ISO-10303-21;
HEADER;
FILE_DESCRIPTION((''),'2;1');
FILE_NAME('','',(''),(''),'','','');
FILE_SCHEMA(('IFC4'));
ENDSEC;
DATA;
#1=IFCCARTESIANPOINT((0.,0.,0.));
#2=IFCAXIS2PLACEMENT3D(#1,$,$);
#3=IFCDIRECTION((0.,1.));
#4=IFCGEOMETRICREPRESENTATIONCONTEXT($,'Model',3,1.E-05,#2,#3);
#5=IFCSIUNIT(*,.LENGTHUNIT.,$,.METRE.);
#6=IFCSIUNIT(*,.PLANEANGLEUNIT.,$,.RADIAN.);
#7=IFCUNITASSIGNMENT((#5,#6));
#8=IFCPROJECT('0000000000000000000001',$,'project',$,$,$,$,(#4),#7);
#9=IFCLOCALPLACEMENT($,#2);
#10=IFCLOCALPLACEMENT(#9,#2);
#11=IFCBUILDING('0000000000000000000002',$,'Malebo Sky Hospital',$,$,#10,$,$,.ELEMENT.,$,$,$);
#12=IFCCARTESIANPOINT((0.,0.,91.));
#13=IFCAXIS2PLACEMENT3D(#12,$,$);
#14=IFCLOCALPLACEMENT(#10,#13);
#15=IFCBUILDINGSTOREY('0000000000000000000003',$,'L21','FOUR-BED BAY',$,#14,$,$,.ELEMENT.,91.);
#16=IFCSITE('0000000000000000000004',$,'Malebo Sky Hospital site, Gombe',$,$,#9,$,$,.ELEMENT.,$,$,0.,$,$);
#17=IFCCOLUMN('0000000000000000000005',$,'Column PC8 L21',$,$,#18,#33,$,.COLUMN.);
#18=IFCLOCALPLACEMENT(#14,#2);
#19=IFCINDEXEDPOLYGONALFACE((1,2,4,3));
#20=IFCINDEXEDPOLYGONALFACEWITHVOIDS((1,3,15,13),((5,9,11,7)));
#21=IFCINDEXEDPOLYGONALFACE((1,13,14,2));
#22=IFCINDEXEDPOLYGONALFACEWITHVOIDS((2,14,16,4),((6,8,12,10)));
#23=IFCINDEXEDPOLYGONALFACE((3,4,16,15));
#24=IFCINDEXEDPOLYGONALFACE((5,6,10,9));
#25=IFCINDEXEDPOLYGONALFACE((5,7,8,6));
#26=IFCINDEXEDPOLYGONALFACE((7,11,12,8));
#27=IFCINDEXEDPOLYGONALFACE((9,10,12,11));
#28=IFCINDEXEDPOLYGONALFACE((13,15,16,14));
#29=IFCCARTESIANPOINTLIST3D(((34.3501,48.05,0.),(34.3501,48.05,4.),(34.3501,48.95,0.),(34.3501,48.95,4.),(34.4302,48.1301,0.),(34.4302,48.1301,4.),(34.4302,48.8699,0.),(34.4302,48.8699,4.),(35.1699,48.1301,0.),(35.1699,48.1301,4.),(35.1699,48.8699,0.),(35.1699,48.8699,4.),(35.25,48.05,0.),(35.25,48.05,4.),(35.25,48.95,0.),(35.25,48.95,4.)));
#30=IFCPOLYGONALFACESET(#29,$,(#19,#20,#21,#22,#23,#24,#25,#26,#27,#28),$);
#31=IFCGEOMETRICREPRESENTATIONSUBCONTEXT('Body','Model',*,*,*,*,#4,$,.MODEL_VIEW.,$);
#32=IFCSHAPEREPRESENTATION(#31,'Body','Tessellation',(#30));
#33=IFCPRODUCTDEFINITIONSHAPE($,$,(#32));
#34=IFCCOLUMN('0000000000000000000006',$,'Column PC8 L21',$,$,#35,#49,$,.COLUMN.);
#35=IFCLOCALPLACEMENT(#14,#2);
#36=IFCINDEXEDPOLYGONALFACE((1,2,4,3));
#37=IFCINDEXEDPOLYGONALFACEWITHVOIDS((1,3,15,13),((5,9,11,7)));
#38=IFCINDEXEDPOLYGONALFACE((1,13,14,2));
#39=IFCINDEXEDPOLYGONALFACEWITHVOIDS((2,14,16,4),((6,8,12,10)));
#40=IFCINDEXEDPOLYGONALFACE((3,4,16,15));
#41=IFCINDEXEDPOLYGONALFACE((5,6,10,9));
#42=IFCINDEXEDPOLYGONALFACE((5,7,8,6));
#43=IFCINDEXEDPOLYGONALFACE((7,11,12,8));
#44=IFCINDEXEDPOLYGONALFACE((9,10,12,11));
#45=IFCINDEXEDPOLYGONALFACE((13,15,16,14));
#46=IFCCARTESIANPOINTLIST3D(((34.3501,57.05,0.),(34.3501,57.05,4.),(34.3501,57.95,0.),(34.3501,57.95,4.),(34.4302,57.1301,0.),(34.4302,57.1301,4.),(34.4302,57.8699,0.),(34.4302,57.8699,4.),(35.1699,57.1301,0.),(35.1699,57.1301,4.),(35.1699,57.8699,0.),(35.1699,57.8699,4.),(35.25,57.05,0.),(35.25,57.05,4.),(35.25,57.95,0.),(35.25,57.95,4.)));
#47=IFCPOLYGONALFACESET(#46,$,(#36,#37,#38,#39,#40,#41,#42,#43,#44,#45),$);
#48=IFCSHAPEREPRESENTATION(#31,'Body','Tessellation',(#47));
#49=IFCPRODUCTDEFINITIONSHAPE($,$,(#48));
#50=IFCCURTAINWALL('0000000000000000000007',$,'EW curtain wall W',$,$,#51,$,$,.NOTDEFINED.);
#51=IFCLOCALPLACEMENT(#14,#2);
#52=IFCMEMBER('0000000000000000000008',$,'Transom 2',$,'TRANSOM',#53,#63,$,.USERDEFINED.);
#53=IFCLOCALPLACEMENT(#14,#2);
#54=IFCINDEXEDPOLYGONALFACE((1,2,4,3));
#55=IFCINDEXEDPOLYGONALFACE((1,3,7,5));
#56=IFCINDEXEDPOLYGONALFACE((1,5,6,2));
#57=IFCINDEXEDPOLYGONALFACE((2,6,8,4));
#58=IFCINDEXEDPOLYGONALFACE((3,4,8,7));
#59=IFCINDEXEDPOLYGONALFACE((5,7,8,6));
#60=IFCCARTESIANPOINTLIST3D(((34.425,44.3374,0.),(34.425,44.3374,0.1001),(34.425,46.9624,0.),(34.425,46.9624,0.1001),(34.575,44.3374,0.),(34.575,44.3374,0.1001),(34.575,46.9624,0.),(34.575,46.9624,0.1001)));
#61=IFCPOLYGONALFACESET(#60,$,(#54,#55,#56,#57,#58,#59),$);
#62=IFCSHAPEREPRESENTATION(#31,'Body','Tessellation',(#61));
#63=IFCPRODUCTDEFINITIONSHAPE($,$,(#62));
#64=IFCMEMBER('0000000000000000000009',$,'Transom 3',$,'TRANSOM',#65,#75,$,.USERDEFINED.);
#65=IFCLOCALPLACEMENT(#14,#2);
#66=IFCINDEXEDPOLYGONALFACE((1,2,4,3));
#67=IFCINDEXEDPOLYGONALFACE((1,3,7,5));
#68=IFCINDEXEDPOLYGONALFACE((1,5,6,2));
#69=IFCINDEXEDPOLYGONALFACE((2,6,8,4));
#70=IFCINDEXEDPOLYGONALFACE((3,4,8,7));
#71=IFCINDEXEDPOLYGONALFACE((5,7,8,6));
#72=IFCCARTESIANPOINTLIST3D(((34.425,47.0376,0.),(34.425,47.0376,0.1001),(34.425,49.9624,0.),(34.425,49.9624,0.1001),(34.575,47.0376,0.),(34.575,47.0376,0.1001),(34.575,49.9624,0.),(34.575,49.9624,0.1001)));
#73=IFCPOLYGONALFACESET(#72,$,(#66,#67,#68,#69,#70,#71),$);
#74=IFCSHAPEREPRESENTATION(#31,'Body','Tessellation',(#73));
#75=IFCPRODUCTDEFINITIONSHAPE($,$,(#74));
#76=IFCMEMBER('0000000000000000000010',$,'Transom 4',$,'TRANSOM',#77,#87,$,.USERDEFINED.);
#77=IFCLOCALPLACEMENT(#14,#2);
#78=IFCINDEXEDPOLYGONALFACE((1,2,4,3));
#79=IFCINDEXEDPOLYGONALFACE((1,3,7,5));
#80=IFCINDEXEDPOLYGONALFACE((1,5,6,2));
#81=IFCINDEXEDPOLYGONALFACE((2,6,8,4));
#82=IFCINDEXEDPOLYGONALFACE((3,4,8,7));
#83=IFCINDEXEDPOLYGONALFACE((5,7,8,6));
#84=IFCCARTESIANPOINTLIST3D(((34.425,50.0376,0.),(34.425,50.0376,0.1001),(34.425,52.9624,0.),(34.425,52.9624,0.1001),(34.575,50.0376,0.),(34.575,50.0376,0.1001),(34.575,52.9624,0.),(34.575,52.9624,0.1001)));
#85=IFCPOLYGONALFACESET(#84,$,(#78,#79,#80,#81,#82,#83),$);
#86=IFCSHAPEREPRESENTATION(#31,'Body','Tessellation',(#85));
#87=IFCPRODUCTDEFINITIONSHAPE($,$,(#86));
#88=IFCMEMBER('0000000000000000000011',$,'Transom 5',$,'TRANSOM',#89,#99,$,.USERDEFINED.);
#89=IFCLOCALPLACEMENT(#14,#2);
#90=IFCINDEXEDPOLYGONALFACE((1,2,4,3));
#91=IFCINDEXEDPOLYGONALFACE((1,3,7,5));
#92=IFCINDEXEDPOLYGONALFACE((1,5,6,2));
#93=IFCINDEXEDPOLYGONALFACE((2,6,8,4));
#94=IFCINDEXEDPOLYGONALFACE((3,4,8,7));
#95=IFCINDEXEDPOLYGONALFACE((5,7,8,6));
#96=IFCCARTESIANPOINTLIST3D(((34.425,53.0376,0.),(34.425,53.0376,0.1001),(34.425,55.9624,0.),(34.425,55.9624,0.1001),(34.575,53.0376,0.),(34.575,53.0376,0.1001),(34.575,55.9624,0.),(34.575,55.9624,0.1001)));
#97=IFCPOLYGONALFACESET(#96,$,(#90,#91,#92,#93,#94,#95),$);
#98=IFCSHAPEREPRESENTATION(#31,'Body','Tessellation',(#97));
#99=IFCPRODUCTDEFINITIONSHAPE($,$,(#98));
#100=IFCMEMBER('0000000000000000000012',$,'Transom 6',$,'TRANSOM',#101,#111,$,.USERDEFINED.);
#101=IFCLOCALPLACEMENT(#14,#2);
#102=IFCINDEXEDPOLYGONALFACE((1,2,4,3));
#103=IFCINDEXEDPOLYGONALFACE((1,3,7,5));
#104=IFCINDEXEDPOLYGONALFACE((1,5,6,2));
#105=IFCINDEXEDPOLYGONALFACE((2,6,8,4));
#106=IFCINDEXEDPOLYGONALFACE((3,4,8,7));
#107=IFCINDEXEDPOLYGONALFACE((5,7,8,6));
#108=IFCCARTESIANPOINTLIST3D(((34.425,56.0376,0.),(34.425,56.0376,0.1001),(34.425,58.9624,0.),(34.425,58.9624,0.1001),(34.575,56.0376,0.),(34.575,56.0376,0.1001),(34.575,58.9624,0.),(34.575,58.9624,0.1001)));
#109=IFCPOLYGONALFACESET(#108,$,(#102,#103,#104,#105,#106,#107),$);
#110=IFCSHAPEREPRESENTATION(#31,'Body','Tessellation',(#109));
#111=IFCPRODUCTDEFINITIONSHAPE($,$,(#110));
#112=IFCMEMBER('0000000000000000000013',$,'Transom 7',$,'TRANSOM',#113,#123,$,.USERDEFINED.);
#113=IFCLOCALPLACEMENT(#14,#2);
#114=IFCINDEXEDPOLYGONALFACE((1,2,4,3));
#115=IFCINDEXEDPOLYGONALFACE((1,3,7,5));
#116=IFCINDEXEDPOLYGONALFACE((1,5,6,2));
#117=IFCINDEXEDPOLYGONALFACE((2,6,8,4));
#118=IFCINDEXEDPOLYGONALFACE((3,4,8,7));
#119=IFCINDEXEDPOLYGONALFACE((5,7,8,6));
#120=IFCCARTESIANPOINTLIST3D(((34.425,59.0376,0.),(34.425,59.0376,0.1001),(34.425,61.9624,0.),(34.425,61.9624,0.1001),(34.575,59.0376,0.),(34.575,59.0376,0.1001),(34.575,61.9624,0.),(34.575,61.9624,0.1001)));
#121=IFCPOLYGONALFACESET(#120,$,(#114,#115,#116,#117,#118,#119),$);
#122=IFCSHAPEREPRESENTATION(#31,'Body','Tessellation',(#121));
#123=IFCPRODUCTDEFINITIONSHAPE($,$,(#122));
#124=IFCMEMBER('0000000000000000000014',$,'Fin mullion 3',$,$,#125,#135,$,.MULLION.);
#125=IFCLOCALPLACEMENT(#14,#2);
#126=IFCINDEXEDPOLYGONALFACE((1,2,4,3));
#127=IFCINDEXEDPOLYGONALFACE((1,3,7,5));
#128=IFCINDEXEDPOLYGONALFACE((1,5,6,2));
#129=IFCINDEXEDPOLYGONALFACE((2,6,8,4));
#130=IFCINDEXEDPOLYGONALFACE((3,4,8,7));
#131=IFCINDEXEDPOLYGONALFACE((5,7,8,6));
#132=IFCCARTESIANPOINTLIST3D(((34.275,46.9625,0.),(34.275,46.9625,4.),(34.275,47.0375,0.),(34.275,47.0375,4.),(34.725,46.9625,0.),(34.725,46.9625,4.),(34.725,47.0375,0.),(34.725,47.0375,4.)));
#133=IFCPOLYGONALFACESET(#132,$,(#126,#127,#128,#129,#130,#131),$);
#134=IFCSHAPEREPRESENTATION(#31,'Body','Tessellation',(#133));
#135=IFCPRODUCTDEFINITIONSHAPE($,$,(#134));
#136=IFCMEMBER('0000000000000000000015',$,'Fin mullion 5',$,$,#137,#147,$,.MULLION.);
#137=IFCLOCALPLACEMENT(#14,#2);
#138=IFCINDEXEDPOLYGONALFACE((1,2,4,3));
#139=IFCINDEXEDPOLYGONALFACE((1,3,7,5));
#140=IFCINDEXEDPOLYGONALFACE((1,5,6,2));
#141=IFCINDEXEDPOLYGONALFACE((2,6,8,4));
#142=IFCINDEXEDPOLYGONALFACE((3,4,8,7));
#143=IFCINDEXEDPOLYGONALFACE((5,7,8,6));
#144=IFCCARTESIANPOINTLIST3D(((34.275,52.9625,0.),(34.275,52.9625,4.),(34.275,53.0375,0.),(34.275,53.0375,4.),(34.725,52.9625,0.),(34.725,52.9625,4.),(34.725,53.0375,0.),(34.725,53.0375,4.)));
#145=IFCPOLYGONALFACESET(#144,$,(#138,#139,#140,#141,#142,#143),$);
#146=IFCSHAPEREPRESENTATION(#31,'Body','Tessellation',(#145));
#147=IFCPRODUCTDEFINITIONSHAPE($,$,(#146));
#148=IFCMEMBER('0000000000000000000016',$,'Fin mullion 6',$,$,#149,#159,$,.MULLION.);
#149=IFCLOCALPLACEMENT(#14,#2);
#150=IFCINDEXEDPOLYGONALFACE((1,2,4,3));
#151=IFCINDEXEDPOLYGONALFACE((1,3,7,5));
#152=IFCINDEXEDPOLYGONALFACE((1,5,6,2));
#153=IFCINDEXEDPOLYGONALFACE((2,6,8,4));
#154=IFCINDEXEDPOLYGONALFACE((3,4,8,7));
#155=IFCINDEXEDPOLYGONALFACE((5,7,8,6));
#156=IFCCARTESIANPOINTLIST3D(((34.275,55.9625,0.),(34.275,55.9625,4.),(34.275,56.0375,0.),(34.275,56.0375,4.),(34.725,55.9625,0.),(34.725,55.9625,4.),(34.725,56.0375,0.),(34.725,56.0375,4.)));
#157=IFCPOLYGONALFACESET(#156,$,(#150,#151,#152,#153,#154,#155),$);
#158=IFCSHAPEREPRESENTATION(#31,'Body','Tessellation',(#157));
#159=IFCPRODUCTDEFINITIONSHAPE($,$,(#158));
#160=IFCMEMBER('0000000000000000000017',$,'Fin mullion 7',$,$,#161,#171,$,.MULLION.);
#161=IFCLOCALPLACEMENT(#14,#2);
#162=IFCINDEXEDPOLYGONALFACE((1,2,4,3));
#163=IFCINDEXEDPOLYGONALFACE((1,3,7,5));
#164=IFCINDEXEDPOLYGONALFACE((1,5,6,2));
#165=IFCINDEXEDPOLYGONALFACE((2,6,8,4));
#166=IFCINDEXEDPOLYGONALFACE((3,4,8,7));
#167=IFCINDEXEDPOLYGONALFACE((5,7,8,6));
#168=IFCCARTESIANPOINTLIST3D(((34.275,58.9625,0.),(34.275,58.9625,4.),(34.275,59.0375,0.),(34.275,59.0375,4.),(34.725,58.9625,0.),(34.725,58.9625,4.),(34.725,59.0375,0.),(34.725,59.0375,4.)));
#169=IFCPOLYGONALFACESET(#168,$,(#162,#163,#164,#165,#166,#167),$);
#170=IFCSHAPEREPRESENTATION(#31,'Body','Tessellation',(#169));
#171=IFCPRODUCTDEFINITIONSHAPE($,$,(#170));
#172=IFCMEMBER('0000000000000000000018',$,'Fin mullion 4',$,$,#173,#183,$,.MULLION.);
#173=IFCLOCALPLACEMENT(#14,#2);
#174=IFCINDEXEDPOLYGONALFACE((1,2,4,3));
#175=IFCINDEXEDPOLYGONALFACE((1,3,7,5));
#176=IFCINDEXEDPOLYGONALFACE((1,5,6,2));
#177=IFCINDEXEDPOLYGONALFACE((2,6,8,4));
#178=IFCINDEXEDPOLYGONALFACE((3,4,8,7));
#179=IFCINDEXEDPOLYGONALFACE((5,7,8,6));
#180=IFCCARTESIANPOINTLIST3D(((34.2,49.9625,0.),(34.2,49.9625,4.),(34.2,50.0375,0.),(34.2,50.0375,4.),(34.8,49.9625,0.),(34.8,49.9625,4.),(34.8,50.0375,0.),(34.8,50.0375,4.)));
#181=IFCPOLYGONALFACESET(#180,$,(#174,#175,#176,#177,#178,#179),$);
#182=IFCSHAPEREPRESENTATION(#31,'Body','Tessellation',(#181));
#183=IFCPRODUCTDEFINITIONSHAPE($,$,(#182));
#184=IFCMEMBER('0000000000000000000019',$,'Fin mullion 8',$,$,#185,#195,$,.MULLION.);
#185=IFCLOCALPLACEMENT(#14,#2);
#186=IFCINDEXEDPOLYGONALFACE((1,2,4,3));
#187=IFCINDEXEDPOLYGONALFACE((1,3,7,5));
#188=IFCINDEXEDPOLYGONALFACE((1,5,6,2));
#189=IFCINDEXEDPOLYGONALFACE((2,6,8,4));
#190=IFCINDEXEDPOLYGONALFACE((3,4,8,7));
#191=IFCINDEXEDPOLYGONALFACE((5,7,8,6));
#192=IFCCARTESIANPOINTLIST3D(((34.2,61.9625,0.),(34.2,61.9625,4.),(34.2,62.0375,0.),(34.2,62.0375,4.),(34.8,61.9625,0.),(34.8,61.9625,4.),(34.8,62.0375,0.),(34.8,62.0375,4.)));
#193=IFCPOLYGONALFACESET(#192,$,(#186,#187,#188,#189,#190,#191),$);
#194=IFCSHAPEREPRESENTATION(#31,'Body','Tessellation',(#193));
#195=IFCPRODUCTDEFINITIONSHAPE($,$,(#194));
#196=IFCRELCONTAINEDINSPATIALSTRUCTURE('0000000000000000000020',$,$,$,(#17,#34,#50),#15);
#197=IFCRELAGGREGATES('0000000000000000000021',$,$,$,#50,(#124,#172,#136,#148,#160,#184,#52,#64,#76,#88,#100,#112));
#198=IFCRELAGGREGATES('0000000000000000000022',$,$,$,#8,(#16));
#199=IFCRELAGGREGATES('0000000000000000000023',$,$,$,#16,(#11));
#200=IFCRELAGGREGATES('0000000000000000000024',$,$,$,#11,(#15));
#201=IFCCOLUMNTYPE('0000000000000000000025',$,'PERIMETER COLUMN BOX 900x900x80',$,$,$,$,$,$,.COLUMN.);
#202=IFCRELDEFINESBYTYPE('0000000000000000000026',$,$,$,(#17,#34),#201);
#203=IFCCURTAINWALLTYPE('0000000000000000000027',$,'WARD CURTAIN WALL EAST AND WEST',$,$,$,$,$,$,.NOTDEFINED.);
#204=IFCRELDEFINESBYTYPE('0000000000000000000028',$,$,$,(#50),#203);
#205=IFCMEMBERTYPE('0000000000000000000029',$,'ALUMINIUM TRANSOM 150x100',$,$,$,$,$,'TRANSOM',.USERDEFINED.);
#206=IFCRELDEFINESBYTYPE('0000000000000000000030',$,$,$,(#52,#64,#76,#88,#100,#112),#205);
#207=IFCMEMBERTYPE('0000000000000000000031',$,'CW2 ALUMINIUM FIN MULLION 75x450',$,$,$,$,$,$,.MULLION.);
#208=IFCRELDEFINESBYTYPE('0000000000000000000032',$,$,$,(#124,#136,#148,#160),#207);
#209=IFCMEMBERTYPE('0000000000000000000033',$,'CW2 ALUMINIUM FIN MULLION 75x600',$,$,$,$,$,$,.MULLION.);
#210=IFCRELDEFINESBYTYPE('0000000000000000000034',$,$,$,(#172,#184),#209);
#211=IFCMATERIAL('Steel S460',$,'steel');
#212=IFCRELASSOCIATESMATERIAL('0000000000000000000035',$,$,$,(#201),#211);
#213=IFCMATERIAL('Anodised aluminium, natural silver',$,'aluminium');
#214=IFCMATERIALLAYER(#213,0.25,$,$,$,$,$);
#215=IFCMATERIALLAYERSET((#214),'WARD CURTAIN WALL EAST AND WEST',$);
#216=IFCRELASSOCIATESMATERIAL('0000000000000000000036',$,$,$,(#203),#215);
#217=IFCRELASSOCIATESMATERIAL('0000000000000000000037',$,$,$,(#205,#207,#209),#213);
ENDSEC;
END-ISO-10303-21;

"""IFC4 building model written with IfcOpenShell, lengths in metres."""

from ifc_helpers import new_model, si_unit, direction, frame, origin, origin_2d, place, context, subcontext, project, spatial, rectangle, hollow_rectangle, extrude, material, layer, layer_set, material_profile, profile_set, type_object, element, aggregate, save


model = new_model("IFC4")

# Units and contexts
model_context = context("Model", 3, precision=1e-05, world=origin(), true_north=direction((0.0, 1.0)))
body_context = subcontext(model_context, "Body", "Model", "MODEL_VIEW")
ifc_project = project(units=[si_unit("LENGTHUNIT", "METRE"), si_unit("PLANEANGLEUNIT", "RADIAN")], contexts=[model_context])

# Site, building, storey
site_placement = place(None, origin())
site = spatial("IfcSite", under=ifc_project, at=site_placement, Name="Malebo Sky Hospital site, Gombe", CompositionType="ELEMENT", RefElevation=0.0)
building_placement = place(site_placement, origin())
building = spatial("IfcBuilding", under=site, at=building_placement, Name="Malebo Sky Hospital", CompositionType="ELEMENT")
storey_placement = place(building_placement, frame((0.0, 0.0, 91.0)))
storey = spatial("IfcBuildingStorey", under=building, at=storey_placement, Name="L21", Description="FOUR-BED BAY", CompositionType="ELEMENT", Elevation=91.0)

# Columns
ifc_material_1 = material(Name="Steel S460", Category="steel")
ifc_material_profile_1 = material_profile(ifc_material_1, hollow_rectangle(XDim=0.8999, YDim=0.8999, WallThickness=0.0801, at=origin_2d()), Name="BOX 900x900x80")
ifc_profile_set_1 = profile_set([ifc_material_profile_1], Name="Steel S460")
column_type = type_object("IfcColumnType", Name="PERIMETER COLUMN BOX 900x900x80", PredefinedType="COLUMN", material=ifc_profile_set_1)
for number, where, z_axis, x_axis, name in (
    (1, (34.8, 48.5, 0.0), (0.0, 0.0, 1.0), (1.0, 0.0, 0.0), "Column PC8 L21"),
    (2, (34.8, 57.5, 0.0), (0.0, 0.0, 1.0), (1.0, 0.0, 0.0), "Column PC8 L21"),
):
    element("IfcColumn", number, at=place(storey_placement, frame(where, z_axis=z_axis, x_axis=x_axis)), inside=storey, type_object=column_type, Name=name, PredefinedType="COLUMN", context=body_context, shape_type="SweptSolid", body=[
        extrude(hollow_rectangle(XDim=0.8999, YDim=0.8999, WallThickness=0.0801, at=origin_2d()), origin(), (0.0, 0.0, 1.0), 4.0),
    ])

# Curtain wall, members
ifc_material_2 = material(Name="Anodised aluminium, natural silver", Category="aluminium")
ifc_layer_1 = layer(ifc_material_2, 0.25)
ifc_layer_set_1 = layer_set([ifc_layer_1], Name="WARD CURTAIN WALL EAST AND WEST")
curtain_wall_type = type_object("IfcCurtainWallType", Name="WARD CURTAIN WALL EAST AND WEST", PredefinedType="NOTDEFINED", material=ifc_layer_set_1)
curtain_wall_placement = place(storey_placement, origin())
curtain_wall = element("IfcCurtainWall", 3, at=curtain_wall_placement, inside=storey, type_object=curtain_wall_type, Name="EW curtain wall W", PredefinedType="NOTDEFINED")
ifc_material_profile_2 = material_profile(ifc_material_2, rectangle(XDim=0.1499, YDim=0.1001, at=origin_2d()), Name="ALUMINIUM TRANSOM 150x100")
ifc_profile_set_2 = profile_set([ifc_material_profile_2], Name="Anodised aluminium, natural silver")
member_type_1 = type_object("IfcMemberType", Name="ALUMINIUM TRANSOM 150x100", ElementType="TRANSOM", PredefinedType="USERDEFINED", material=ifc_profile_set_2)
member_1_placement = place(storey_placement, frame((34.5, 44.3374, 0.05), z_axis=(0.0, 1.0, 0.0), x_axis=(-1.0, 0.0, 0.0)))
member_1 = element("IfcMember", 4, at=member_1_placement, type_object=member_type_1, Name="Transom 2", ObjectType="TRANSOM", PredefinedType="USERDEFINED", context=body_context, shape_type="SweptSolid", body=[
    extrude(rectangle(XDim=0.1499, YDim=0.1001, at=origin_2d()), origin(), (0.0, 0.0, 1.0), 2.625),
])
member_2_placement = place(storey_placement, frame((34.5, 47.0376, 0.05), z_axis=(0.0, 1.0, 0.0), x_axis=(-1.0, 0.0, 0.0)))
member_2 = element("IfcMember", 5, at=member_2_placement, type_object=member_type_1, Name="Transom 3", ObjectType="TRANSOM", PredefinedType="USERDEFINED", context=body_context, shape_type="SweptSolid", body=[
    extrude(rectangle(XDim=0.1499, YDim=0.1001, at=origin_2d()), origin(), (0.0, 0.0, 1.0), 2.9248),
])
member_3_placement = place(storey_placement, frame((34.5, 50.0376, 0.05), z_axis=(0.0, 1.0, 0.0), x_axis=(-1.0, 0.0, 0.0)))
member_3 = element("IfcMember", 6, at=member_3_placement, type_object=member_type_1, Name="Transom 4", ObjectType="TRANSOM", PredefinedType="USERDEFINED", context=body_context, shape_type="SweptSolid", body=[
    extrude(rectangle(XDim=0.1499, YDim=0.1001, at=origin_2d()), origin(), (0.0, 0.0, 1.0), 2.9248),
])
member_4_placement = place(storey_placement, frame((34.5, 53.0376, 0.05), z_axis=(0.0, 1.0, 0.0), x_axis=(-1.0, 0.0, 0.0)))
member_4 = element("IfcMember", 7, at=member_4_placement, type_object=member_type_1, Name="Transom 5", ObjectType="TRANSOM", PredefinedType="USERDEFINED", context=body_context, shape_type="SweptSolid", body=[
    extrude(rectangle(XDim=0.1499, YDim=0.1001, at=origin_2d()), origin(), (0.0, 0.0, 1.0), 2.9248),
])
member_5_placement = place(storey_placement, frame((34.5, 56.0376, 0.05), z_axis=(0.0, 1.0, 0.0), x_axis=(-1.0, 0.0, 0.0)))
member_5 = element("IfcMember", 8, at=member_5_placement, type_object=member_type_1, Name="Transom 6", ObjectType="TRANSOM", PredefinedType="USERDEFINED", context=body_context, shape_type="SweptSolid", body=[
    extrude(rectangle(XDim=0.1499, YDim=0.1001, at=origin_2d()), origin(), (0.0, 0.0, 1.0), 2.9248),
])
member_6_placement = place(storey_placement, frame((34.5, 59.0376, 0.05), z_axis=(0.0, 1.0, 0.0), x_axis=(-1.0, 0.0, 0.0)))
member_6 = element("IfcMember", 9, at=member_6_placement, type_object=member_type_1, Name="Transom 7", ObjectType="TRANSOM", PredefinedType="USERDEFINED", context=body_context, shape_type="SweptSolid", body=[
    extrude(rectangle(XDim=0.1499, YDim=0.1001, at=origin_2d()), origin(), (0.0, 0.0, 1.0), 2.9248),
])
ifc_material_profile_3 = material_profile(ifc_material_2, rectangle(XDim=0.075, YDim=0.45, at=origin_2d()), Name="CW2 ALUMINIUM FIN MULLION 75x450")
ifc_profile_set_3 = profile_set([ifc_material_profile_3], Name="Anodised aluminium, natural silver")
member_type_2 = type_object("IfcMemberType", Name="CW2 ALUMINIUM FIN MULLION 75x450", PredefinedType="MULLION", material=ifc_profile_set_3)
member_7_placement = place(storey_placement, frame((34.5, 47.0, 0.0), z_axis=(0.0, 0.0, 1.0), x_axis=(0.0, 1.0, 0.0)))
member_7 = element("IfcMember", 10, at=member_7_placement, type_object=member_type_2, Name="Fin mullion 3", PredefinedType="MULLION", context=body_context, shape_type="SweptSolid", body=[
    extrude(rectangle(XDim=0.075, YDim=0.45, at=origin_2d()), origin(), (0.0, 0.0, 1.0), 4.0),
])
member_8_placement = place(storey_placement, frame((34.5, 53.0, 0.0), z_axis=(0.0, 0.0, 1.0), x_axis=(0.0, 1.0, 0.0)))
member_8 = element("IfcMember", 11, at=member_8_placement, type_object=member_type_2, Name="Fin mullion 5", PredefinedType="MULLION", context=body_context, shape_type="SweptSolid", body=[
    extrude(rectangle(XDim=0.075, YDim=0.45, at=origin_2d()), origin(), (0.0, 0.0, 1.0), 4.0),
])
member_9_placement = place(storey_placement, frame((34.5, 56.0, 0.0), z_axis=(0.0, 0.0, 1.0), x_axis=(0.0, 1.0, 0.0)))
member_9 = element("IfcMember", 12, at=member_9_placement, type_object=member_type_2, Name="Fin mullion 6", PredefinedType="MULLION", context=body_context, shape_type="SweptSolid", body=[
    extrude(rectangle(XDim=0.075, YDim=0.45, at=origin_2d()), origin(), (0.0, 0.0, 1.0), 4.0),
])
member_10_placement = place(storey_placement, frame((34.5, 59.0, 0.0), z_axis=(0.0, 0.0, 1.0), x_axis=(0.0, 1.0, 0.0)))
member_10 = element("IfcMember", 13, at=member_10_placement, type_object=member_type_2, Name="Fin mullion 7", PredefinedType="MULLION", context=body_context, shape_type="SweptSolid", body=[
    extrude(rectangle(XDim=0.075, YDim=0.45, at=origin_2d()), origin(), (0.0, 0.0, 1.0), 4.0),
])
ifc_material_profile_4 = material_profile(ifc_material_2, rectangle(XDim=0.075, YDim=0.6001, at=origin_2d()), Name="CW2 ALUMINIUM FIN MULLION 75x600")
ifc_profile_set_4 = profile_set([ifc_material_profile_4], Name="Anodised aluminium, natural silver")
member_type_3 = type_object("IfcMemberType", Name="CW2 ALUMINIUM FIN MULLION 75x600", PredefinedType="MULLION", material=ifc_profile_set_4)
member_11_placement = place(storey_placement, frame((34.5, 50.0, 0.0), z_axis=(0.0, 0.0, 1.0), x_axis=(0.0, 1.0, 0.0)))
member_11 = element("IfcMember", 14, at=member_11_placement, type_object=member_type_3, Name="Fin mullion 4", PredefinedType="MULLION", context=body_context, shape_type="SweptSolid", body=[
    extrude(rectangle(XDim=0.075, YDim=0.6001, at=origin_2d()), origin(), (0.0, 0.0, 1.0), 4.0),
])
member_12_placement = place(storey_placement, frame((34.5, 62.0, 0.0), z_axis=(0.0, 0.0, 1.0), x_axis=(0.0, 1.0, 0.0)))
member_12 = element("IfcMember", 15, at=member_12_placement, type_object=member_type_3, Name="Fin mullion 8", PredefinedType="MULLION", context=body_context, shape_type="SweptSolid", body=[
    extrude(rectangle(XDim=0.075, YDim=0.6001, at=origin_2d()), origin(), (0.0, 0.0, 1.0), 4.0),
])

aggregate(curtain_wall, [member_7, member_11, member_8, member_9, member_10, member_12, member_1, member_2, member_3, member_4, member_5, member_6])

save(model, "model.ifc")
